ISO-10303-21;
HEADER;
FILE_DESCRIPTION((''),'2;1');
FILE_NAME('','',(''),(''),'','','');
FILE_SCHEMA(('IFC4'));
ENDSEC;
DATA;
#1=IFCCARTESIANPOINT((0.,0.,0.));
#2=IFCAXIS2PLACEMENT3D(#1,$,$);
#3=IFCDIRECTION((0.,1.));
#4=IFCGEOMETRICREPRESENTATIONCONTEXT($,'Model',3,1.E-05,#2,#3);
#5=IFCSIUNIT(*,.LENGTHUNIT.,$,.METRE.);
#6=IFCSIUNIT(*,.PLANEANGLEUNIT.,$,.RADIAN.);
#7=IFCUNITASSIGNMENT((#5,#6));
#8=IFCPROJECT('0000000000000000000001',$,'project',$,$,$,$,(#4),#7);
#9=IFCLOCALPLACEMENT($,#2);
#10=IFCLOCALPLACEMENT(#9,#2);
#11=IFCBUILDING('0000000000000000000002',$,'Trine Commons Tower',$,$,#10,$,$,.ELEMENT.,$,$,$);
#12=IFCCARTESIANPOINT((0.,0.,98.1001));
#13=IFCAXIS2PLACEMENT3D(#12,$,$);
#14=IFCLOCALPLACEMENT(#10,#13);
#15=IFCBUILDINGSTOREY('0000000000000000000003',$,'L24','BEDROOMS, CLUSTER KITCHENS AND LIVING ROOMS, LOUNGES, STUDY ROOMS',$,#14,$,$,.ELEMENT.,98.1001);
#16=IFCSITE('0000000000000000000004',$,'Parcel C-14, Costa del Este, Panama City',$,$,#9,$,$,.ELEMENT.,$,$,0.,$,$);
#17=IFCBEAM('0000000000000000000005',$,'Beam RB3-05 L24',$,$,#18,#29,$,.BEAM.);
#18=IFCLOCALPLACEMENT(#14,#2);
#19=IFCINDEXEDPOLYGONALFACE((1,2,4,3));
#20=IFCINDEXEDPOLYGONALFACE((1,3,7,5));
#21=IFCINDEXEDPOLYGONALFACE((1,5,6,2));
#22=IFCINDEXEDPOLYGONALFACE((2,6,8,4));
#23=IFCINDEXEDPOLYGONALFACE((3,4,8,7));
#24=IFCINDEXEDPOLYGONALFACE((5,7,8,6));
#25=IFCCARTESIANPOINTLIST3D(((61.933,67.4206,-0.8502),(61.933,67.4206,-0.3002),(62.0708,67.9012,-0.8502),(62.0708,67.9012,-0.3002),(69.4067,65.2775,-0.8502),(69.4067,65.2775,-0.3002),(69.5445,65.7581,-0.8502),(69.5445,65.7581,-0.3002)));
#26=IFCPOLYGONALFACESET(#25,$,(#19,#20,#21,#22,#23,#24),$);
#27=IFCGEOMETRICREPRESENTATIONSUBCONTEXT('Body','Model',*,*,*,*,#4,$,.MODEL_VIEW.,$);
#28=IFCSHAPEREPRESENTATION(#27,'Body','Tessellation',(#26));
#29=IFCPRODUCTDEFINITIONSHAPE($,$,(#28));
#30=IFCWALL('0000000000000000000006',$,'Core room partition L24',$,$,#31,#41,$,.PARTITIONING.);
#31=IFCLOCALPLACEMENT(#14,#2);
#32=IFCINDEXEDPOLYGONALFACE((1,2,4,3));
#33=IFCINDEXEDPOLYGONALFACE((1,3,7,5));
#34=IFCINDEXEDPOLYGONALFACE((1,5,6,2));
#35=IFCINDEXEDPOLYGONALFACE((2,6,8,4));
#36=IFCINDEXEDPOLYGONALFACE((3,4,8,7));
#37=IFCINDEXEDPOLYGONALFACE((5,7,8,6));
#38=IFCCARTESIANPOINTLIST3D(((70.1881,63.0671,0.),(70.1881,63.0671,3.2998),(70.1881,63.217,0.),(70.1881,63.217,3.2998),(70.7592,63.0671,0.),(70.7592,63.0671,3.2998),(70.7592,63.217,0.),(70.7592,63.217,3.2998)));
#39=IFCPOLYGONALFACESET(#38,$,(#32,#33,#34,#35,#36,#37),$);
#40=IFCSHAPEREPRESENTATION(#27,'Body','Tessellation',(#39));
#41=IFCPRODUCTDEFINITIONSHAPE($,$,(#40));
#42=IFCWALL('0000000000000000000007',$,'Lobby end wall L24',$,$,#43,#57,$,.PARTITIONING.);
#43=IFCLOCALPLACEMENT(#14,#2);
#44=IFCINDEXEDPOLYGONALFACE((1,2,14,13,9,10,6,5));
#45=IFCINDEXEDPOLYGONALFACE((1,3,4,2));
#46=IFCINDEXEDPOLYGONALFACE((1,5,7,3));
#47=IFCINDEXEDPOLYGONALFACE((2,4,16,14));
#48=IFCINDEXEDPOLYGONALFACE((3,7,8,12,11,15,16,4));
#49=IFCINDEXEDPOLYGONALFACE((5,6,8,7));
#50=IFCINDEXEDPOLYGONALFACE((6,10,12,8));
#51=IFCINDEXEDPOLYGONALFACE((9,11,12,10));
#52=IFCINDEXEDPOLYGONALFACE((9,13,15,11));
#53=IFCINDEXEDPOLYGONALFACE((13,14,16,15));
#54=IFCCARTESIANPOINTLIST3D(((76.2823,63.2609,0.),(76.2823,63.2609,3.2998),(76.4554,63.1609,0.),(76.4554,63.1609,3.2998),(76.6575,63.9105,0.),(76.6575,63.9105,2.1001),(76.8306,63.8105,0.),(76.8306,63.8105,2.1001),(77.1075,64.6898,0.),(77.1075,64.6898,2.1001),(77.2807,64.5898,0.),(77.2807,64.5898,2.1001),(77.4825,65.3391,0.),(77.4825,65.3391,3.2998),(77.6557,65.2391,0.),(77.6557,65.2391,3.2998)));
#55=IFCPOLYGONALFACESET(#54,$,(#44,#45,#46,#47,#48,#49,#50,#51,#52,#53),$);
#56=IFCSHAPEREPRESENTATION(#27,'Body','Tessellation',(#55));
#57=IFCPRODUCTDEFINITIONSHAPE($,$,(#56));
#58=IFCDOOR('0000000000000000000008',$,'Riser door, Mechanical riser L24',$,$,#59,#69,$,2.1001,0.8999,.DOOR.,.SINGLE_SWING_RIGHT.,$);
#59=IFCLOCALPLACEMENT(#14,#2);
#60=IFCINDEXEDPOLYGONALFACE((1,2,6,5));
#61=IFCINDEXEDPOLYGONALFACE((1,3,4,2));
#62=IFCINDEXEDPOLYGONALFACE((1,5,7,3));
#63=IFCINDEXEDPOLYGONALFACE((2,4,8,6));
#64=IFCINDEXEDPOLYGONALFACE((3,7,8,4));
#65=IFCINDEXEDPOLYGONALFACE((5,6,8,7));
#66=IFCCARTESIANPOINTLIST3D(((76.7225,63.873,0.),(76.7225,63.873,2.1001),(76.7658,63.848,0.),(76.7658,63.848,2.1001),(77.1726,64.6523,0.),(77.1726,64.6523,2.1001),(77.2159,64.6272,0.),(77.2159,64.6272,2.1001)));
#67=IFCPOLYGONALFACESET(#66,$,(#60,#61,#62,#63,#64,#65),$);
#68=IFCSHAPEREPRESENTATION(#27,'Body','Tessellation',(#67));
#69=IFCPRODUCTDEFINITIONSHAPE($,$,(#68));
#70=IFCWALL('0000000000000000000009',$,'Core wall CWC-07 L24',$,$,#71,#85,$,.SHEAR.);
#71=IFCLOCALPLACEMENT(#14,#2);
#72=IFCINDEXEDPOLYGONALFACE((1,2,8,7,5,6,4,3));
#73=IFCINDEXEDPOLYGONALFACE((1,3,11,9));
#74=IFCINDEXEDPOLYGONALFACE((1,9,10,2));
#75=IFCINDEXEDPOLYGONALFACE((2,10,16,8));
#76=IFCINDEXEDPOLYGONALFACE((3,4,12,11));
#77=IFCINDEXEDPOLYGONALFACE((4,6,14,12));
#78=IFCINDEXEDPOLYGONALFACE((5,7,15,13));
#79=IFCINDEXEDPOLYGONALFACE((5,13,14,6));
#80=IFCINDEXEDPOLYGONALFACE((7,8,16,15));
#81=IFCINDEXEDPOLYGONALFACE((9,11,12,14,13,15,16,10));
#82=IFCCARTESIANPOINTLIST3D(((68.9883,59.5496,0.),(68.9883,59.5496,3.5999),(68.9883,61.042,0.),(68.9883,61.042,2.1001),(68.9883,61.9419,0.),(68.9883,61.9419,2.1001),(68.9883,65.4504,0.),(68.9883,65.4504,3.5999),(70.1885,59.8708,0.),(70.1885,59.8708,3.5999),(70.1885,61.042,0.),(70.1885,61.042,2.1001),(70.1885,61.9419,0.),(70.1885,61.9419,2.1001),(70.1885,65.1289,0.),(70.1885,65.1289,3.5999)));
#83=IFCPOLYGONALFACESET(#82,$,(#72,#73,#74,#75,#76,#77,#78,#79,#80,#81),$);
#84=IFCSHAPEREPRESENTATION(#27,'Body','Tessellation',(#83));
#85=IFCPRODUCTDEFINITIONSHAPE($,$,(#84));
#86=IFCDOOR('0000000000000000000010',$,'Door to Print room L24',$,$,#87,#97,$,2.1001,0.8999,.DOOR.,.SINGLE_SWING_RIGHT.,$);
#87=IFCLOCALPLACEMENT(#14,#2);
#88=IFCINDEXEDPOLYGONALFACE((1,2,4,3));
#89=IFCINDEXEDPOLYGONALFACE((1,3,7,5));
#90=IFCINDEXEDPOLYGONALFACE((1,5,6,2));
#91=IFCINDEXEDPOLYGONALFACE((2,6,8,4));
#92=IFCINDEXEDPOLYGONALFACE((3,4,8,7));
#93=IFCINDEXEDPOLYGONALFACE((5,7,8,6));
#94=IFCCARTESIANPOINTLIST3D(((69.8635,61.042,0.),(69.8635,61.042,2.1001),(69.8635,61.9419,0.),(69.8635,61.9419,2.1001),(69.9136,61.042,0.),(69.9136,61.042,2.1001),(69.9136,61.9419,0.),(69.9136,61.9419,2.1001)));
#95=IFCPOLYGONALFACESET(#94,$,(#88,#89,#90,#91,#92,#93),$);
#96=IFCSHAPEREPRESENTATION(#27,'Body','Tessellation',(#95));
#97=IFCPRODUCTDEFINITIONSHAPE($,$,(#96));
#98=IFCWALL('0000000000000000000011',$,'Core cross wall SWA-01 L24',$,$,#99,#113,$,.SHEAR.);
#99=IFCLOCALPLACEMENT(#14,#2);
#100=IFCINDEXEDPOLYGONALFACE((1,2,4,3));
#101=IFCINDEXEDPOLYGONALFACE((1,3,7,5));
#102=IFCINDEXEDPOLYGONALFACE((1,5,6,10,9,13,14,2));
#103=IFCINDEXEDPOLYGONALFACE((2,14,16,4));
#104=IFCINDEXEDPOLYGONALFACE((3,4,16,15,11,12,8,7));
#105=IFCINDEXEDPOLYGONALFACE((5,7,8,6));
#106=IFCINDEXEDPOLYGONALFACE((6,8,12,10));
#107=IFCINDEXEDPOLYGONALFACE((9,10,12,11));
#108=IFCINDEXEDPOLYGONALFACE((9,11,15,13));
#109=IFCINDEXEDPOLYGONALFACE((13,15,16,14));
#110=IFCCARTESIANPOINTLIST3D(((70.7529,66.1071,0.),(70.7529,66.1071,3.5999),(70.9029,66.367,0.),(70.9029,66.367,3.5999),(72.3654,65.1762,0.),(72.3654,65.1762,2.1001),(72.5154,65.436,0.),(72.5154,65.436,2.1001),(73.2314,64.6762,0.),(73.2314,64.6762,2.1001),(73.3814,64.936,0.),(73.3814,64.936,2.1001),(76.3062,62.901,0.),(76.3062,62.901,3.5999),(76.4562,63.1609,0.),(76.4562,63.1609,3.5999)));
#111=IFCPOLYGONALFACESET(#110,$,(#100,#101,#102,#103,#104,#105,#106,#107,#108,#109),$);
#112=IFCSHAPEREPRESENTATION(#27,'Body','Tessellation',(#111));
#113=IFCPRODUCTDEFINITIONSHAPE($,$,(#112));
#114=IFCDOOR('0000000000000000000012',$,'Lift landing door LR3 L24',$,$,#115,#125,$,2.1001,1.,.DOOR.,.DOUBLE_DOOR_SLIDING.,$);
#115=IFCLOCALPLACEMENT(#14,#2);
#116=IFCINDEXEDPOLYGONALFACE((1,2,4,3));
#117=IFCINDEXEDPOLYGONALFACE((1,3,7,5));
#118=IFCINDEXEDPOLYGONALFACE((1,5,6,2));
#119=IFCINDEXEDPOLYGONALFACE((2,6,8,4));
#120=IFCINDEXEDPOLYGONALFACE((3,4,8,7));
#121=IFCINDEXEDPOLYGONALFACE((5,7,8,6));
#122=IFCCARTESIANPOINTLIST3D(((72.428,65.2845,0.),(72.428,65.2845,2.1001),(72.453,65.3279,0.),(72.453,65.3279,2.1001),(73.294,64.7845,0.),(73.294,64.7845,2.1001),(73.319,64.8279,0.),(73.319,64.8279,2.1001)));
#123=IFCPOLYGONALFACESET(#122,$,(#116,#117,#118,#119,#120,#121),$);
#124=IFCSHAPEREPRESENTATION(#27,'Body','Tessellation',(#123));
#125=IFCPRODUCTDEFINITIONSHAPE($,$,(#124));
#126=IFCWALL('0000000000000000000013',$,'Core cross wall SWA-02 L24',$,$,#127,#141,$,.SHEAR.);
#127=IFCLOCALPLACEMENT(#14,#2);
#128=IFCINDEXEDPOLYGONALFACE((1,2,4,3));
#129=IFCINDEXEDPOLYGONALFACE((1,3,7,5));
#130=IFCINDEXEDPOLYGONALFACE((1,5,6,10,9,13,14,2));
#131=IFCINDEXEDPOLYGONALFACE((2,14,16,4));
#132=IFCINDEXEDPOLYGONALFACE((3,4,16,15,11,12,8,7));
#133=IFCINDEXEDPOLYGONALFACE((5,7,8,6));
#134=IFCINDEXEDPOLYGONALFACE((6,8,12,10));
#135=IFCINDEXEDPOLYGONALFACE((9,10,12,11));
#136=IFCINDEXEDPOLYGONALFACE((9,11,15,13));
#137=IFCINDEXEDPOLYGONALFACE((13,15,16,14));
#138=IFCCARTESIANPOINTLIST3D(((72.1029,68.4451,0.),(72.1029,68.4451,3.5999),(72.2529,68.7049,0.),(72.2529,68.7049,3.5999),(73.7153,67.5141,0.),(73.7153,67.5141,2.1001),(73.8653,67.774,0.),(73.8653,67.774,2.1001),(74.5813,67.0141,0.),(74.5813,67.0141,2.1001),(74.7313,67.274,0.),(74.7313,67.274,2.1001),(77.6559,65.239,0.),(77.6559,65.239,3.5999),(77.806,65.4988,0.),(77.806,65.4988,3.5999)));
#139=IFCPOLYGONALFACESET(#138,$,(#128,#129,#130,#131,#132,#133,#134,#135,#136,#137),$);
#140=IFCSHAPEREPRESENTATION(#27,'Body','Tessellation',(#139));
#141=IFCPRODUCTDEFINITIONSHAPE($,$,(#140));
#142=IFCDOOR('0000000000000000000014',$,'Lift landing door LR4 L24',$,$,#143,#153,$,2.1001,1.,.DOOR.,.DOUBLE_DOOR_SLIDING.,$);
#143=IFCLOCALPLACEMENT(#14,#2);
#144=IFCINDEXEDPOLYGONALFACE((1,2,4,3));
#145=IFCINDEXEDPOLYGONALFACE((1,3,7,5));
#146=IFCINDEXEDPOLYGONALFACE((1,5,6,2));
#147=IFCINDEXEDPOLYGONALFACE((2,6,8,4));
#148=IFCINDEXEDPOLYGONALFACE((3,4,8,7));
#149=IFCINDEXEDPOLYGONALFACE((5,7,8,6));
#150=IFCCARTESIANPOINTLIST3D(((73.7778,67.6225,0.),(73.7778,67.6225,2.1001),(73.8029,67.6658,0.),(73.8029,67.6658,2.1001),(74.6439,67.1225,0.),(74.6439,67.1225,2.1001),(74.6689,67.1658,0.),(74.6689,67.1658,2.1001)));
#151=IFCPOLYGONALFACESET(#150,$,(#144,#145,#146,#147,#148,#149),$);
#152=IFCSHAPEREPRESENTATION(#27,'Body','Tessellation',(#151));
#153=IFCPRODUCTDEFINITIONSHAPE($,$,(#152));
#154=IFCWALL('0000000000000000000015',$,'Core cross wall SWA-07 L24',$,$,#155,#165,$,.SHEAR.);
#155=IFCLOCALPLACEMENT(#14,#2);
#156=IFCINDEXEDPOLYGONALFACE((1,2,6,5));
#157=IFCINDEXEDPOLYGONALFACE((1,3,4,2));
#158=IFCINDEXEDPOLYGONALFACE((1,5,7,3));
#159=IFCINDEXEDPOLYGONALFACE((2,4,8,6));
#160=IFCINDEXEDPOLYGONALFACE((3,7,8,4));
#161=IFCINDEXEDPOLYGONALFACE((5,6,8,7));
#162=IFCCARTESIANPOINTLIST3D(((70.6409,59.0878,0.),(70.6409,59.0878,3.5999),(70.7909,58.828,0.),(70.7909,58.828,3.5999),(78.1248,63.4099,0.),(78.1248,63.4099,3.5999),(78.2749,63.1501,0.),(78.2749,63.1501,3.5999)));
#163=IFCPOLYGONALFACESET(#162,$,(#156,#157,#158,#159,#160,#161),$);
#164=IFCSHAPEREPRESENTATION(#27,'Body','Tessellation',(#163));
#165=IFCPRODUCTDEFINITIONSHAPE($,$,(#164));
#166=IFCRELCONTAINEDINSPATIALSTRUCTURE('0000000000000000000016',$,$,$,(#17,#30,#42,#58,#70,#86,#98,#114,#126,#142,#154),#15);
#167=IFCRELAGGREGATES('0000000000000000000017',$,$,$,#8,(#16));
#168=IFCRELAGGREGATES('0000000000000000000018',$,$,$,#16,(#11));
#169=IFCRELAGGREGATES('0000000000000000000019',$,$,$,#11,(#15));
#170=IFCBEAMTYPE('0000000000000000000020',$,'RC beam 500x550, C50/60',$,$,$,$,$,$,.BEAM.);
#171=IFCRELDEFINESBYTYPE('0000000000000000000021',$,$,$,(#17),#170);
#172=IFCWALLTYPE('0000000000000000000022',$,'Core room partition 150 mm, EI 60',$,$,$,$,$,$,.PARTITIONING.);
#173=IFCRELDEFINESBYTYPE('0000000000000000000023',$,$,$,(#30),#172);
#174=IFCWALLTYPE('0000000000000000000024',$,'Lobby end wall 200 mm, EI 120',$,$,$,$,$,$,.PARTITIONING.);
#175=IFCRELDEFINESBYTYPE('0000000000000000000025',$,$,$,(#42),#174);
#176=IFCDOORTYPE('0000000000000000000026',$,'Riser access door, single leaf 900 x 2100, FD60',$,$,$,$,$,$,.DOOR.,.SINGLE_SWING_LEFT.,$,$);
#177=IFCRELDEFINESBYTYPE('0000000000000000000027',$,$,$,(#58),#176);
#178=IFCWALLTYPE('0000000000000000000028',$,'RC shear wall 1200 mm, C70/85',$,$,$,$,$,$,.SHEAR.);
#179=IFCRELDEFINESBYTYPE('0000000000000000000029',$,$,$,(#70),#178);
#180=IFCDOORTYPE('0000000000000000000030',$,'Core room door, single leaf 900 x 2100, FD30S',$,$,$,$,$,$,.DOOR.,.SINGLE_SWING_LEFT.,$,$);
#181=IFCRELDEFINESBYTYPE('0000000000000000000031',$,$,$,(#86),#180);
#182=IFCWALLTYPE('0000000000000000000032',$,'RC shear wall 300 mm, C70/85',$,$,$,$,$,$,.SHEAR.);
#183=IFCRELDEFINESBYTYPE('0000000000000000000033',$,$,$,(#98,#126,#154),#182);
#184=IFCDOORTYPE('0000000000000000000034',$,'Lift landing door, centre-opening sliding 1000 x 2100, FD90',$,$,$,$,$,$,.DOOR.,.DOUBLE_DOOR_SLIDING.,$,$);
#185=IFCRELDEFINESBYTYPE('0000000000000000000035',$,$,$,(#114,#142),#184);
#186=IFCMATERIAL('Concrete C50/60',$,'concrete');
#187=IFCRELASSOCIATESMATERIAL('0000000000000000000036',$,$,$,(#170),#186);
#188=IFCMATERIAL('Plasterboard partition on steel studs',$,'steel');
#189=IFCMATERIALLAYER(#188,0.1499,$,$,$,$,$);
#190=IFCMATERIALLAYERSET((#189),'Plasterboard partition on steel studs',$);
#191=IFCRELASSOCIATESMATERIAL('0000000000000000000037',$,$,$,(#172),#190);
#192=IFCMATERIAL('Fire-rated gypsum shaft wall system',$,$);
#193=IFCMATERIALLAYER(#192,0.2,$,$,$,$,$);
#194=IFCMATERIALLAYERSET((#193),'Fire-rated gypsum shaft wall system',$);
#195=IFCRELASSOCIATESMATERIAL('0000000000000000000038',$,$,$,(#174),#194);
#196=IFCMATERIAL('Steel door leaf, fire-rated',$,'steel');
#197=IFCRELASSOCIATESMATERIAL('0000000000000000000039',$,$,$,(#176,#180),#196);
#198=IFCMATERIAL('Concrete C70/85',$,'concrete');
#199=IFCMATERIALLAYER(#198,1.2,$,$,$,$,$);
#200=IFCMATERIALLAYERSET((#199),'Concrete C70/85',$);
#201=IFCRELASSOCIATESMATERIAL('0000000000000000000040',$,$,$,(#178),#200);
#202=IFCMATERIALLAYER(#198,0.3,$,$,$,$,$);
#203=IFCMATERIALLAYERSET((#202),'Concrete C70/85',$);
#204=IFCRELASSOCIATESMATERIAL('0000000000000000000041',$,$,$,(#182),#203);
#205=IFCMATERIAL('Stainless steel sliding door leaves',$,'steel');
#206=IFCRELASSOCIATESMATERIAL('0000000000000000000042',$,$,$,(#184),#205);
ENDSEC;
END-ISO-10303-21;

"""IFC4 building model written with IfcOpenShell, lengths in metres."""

from ifc_helpers import new_model, si_unit, direction, frame, frame_2d, origin, origin_2d, place, context, subcontext, project, spatial, polyline, rectangle, outline, extrude, material, layer, layer_set, material_profile, profile_set, type_object, element, fill, save


model = new_model("IFC4")

# Units and contexts
model_context = context("Model", 3, precision=1e-05, world=origin(), true_north=direction((0.0, 1.0)))
body_context = subcontext(model_context, "Body", "Model", "MODEL_VIEW")
ifc_project = project(units=[si_unit("LENGTHUNIT", "METRE"), si_unit("PLANEANGLEUNIT", "RADIAN")], contexts=[model_context])

# Site, building, storey
site_placement = place(None, origin())
site = spatial("IfcSite", under=ifc_project, at=site_placement, Name="Parcel C-14, Costa del Este, Panama City", CompositionType="ELEMENT", RefElevation=0.0)
building_placement = place(site_placement, origin())
building = spatial("IfcBuilding", under=site, at=building_placement, Name="Trine Commons Tower", CompositionType="ELEMENT")
storey_placement = place(building_placement, frame((0.0, 0.0, 98.1001)))
storey = spatial("IfcBuildingStorey", under=building, at=storey_placement, Name="L24", Description="BEDROOMS, CLUSTER KITCHENS AND LIVING ROOMS, LOUNGES, STUDY ROOMS", CompositionType="ELEMENT", Elevation=98.1001)

# Beam
ifc_material_1 = material(Name="Concrete C50/60", Category="concrete")
ifc_material_profile = material_profile(ifc_material_1, rectangle(XDim=0.5, YDim=0.55, at=origin_2d()), Name="RC 500x550")
ifc_profile_set = profile_set([ifc_material_profile], Name="Concrete C50/60")
beam_type = type_object("IfcBeamType", Name="RC beam 500x550, C50/60", PredefinedType="BEAM", material=ifc_profile_set)
beam_placement = place(storey_placement, frame((69.4756, 65.5178, -0.5752), z_axis=(-0.96126, 0.275642, 0.0), x_axis=(-0.275642, -0.96126, 0.0)))
element("IfcBeam", 1, at=beam_placement, inside=storey, type_object=beam_type, Name="Beam RB3-05 L24", PredefinedType="BEAM", context=body_context, shape_type="SweptSolid", body=[
    extrude(rectangle(XDim=0.5, YDim=0.55, at=origin_2d()), origin(), (0.0, 0.0, 1.0), 7.7749),
])

# Wall
ifc_material_2 = material(Name="Plasterboard partition on steel studs", Category="steel")
ifc_layer_1 = layer(ifc_material_2, 0.1499)
ifc_layer_set_1 = layer_set([ifc_layer_1], Name="Plasterboard partition on steel studs")
wall_type_1 = type_object("IfcWallType", Name="Core room partition 150 mm, EI 60", PredefinedType="PARTITIONING", material=ifc_layer_set_1)
wall_1_placement = place(storey_placement, frame((70.188, 63.1421, 0.0), z_axis=(0.0, 0.0, 1.0), x_axis=(1.0, 0.0, 0.0)))
element("IfcWall", 2, at=wall_1_placement, inside=storey, type_object=wall_type_1, Name="Core room partition L24", PredefinedType="PARTITIONING", context=body_context, shape_type="SweptSolid", body=[
    extrude(rectangle(XDim=0.571, YDim=0.1499, at=frame_2d((0.2856, 0.0))), origin(), (0.0, 0.0, 1.0), 3.2998),
])

# Walls, openings, doors
ifc_material_3 = material(Name="Fire-rated gypsum shaft wall system")
ifc_layer_2 = layer(ifc_material_3, 0.2)
ifc_layer_set_2 = layer_set([ifc_layer_2], Name="Fire-rated gypsum shaft wall system")
wall_type_2 = type_object("IfcWallType", Name="Lobby end wall 200 mm, EI 120", PredefinedType="PARTITIONING", material=ifc_layer_set_2)
wall_2_placement = place(storey_placement, frame((77.5691, 65.2891, 0.0), z_axis=(0.0, 0.0, 1.0), x_axis=(-0.500122, -0.865955, 0.0)))
wall_2 = element("IfcWall", 3, at=wall_2_placement, inside=storey, type_object=wall_type_2, Name="Lobby end wall L24", PredefinedType="PARTITIONING", context=body_context, shape_type="SweptSolid", body=[
    extrude(rectangle(XDim=2.3999, YDim=0.2, at=frame_2d((1.2, 0.0))), origin(), (0.0, 0.0, 1.0), 3.2998),
])
opening_1_placement = place(wall_2_placement, frame((0.7498, 0.0, 0.0)))
opening_1 = element("IfcOpeningElement", 4, at=opening_1_placement, cuts=wall_2, PredefinedType="OPENING", context=body_context, shape_type="SweptSolid", body=[
    extrude(rectangle(XDim=0.8999, YDim=2.1001, at=frame_2d((0.45, 1.05))), frame((0.0, 0.1099, 0.0), z_axis=(0.0, -1.0, 0.0), x_axis=(1.0, 0.0, 0.0)), (0.0, 0.0, 1.0), 0.22),
])
ifc_material_4 = material(Name="Steel door leaf, fire-rated", Category="steel")
door_type_1 = type_object("IfcDoorType", Name="Riser access door, single leaf 900 x 2100, FD60", OperationType="SINGLE_SWING_LEFT", PredefinedType="DOOR", material=ifc_material_4)
door_1_placement = place(opening_1_placement, frame((0.8999, 0.0, 0.0), z_axis=(0.0, 0.0, 1.0), x_axis=(-1.0, 0.0, 0.0)))
door_1 = element("IfcDoor", 5, at=door_1_placement, inside=storey, type_object=door_type_1, Name="Riser door, Mechanical riser L24", OperationType="SINGLE_SWING_RIGHT", OverallHeight=2.1001, OverallWidth=0.8999, PredefinedType="DOOR", context=body_context, shape_type="SweptSolid", body=[
    extrude(rectangle(XDim=0.8999, YDim=2.1001, at=frame_2d((0.45, 1.05))), frame((0.0, 0.0249, 0.0), z_axis=(0.0, -1.0, 0.0), x_axis=(1.0, 0.0, 0.0)), (0.0, 0.0, 1.0), 0.05),
])
fill(opening_1, door_1)
ifc_material_5 = material(Name="Concrete C70/85", Category="concrete")
ifc_layer_3 = layer(ifc_material_5, 1.2)
ifc_layer_set_3 = layer_set([ifc_layer_3], Name="Concrete C70/85")
wall_type_3 = type_object("IfcWallType", Name="RC shear wall 1200 mm, C70/85", PredefinedType="SHEAR", material=ifc_layer_set_3)
wall_3_placement = place(storey_placement, frame((69.5884, 65.4504, 0.0), z_axis=(0.0, 0.0, 1.0), x_axis=(0.0, -1.0, 0.0)))
wall_3 = element("IfcWall", 6, at=wall_3_placement, inside=storey, type_object=wall_type_3, Name="Core wall CWC-07 L24", PredefinedType="SHEAR", context=body_context, shape_type="SweptSolid", body=[
    extrude(outline(polyline([(0.0, -0.6001), (5.9009, -0.6001), (5.5796, 0.6001), (0.3215, 0.6001), (0.0, -0.6001)])), origin(), (0.0, 0.0, 1.0), 3.5999),
])
opening_2_placement = place(wall_3_placement, frame((3.5085, 0.0, 0.0)))
opening_2 = element("IfcOpeningElement", 7, at=opening_2_placement, cuts=wall_3, PredefinedType="OPENING", context=body_context, shape_type="SweptSolid", body=[
    extrude(rectangle(XDim=0.8999, YDim=2.1001, at=frame_2d((0.45, 1.05))), frame((0.0, 0.6099, 0.0), z_axis=(0.0, -1.0, 0.0), x_axis=(1.0, 0.0, 0.0)), (0.0, 0.0, 1.0), 1.22),
])
door_type_2 = type_object("IfcDoorType", Name="Core room door, single leaf 900 x 2100, FD30S", OperationType="SINGLE_SWING_LEFT", PredefinedType="DOOR", material=ifc_material_4)
door_2_placement = place(opening_2_placement, origin())
door_2 = element("IfcDoor", 8, at=door_2_placement, inside=storey, type_object=door_type_2, Name="Door to Print room L24", OperationType="SINGLE_SWING_RIGHT", OverallHeight=2.1001, OverallWidth=0.8999, PredefinedType="DOOR", context=body_context, shape_type="SweptSolid", body=[
    extrude(rectangle(XDim=0.8999, YDim=2.1001, at=frame_2d((0.45, 1.05))), frame((0.0, 0.3252, 0.0), z_axis=(0.0, -1.0, 0.0), x_axis=(1.0, 0.0, 0.0)), (0.0, 0.0, 1.0), 0.05),
])
fill(opening_2, door_2)
ifc_layer_4 = layer(ifc_material_5, 0.3)
ifc_layer_set_4 = layer_set([ifc_layer_4], Name="Concrete C70/85")
wall_type_4 = type_object("IfcWallType", Name="RC shear wall 300 mm, C70/85", PredefinedType="SHEAR", material=ifc_layer_set_4)
wall_4_placement = place(storey_placement, frame((76.3811, 63.031, 0.0), z_axis=(0.0, 0.0, 1.0), x_axis=(-0.866032, 0.499988, 0.0)))
wall_4 = element("IfcWall", 9, at=wall_4_placement, inside=storey, type_object=wall_type_4, Name="Core cross wall SWA-01 L24", PredefinedType="SHEAR", context=body_context, shape_type="SweptSolid", body=[
    extrude(rectangle(XDim=6.4124, YDim=0.3, at=frame_2d((3.2061, 0.0))), origin(), (0.0, 0.0, 1.0), 3.5999),
])
opening_3_placement = place(wall_4_placement, frame((3.5503, 0.0, 0.0)))
opening_3 = element("IfcOpeningElement", 10, at=opening_3_placement, cuts=wall_4, PredefinedType="OPENING", context=body_context, shape_type="SweptSolid", body=[
    extrude(rectangle(XDim=1.0, YDim=2.1001, at=frame_2d((0.5, 1.05))), frame((0.0, 0.1599, 0.0), z_axis=(0.0, -1.0, 0.0), x_axis=(1.0, 0.0, 0.0)), (0.0, 0.0, 1.0), 0.3201),
])
ifc_material_6 = material(Name="Stainless steel sliding door leaves", Category="steel")
door_type_3 = type_object("IfcDoorType", Name="Lift landing door, centre-opening sliding 1000 x 2100, FD90", OperationType="DOUBLE_DOOR_SLIDING", PredefinedType="DOOR", material=ifc_material_6)
door_3_placement = place(opening_3_placement, origin())
door_3 = element("IfcDoor", 11, at=door_3_placement, inside=storey, type_object=door_type_3, Name="Lift landing door LR3 L24", OperationType="DOUBLE_DOOR_SLIDING", OverallHeight=2.1001, OverallWidth=1.0, PredefinedType="DOOR", context=body_context, shape_type="SweptSolid", body=[
    extrude(rectangle(XDim=1.0, YDim=2.1001, at=frame_2d((0.5, 1.05))), frame((0.0, 0.0249, 0.0), z_axis=(0.0, -1.0, 0.0), x_axis=(1.0, 0.0, 0.0)), (0.0, 0.0, 1.0), 0.05),
])
fill(opening_3, door_3)
wall_5_placement = place(storey_placement, frame((77.731, 65.3689, 0.0), z_axis=(0.0, 0.0, 1.0), x_axis=(-0.866023, 0.500005, 0.0)))
wall_5 = element("IfcWall", 12, at=wall_5_placement, inside=storey, type_object=wall_type_4, Name="Core cross wall SWA-02 L24", PredefinedType="SHEAR", context=body_context, shape_type="SweptSolid", body=[
    extrude(rectangle(XDim=6.4121, YDim=0.3, at=frame_2d((3.2061, 0.0))), origin(), (0.0, 0.0, 1.0), 3.5999),
])
opening_4_placement = place(wall_5_placement, frame((3.5503, 0.0, 0.0)))
opening_4 = element("IfcOpeningElement", 13, at=opening_4_placement, cuts=wall_5, PredefinedType="OPENING", context=body_context, shape_type="SweptSolid", body=[
    extrude(rectangle(XDim=1.0, YDim=2.1001, at=frame_2d((0.5, 1.05))), frame((0.0, 0.1599, 0.0), z_axis=(0.0, -1.0, 0.0), x_axis=(1.0, 0.0, 0.0)), (0.0, 0.0, 1.0), 0.3201),
])
door_4_placement = place(opening_4_placement, origin())
door_4 = element("IfcDoor", 14, at=door_4_placement, inside=storey, type_object=door_type_3, Name="Lift landing door LR4 L24", OperationType="DOUBLE_DOOR_SLIDING", OverallHeight=2.1001, OverallWidth=1.0, PredefinedType="DOOR", context=body_context, shape_type="SweptSolid", body=[
    extrude(rectangle(XDim=1.0, YDim=2.1001, at=frame_2d((0.5, 1.05))), frame((0.0, 0.0249, 0.0), z_axis=(0.0, -1.0, 0.0), x_axis=(1.0, 0.0, 0.0)), (0.0, 0.0, 1.0), 0.05),
])
fill(opening_4, door_4)

# Wall
wall_6_placement = place(storey_placement, frame((78.2, 63.28, 0.0), z_axis=(0.0, 0.0, 1.0), x_axis=(-0.865965, -0.500104, 0.0)))
element("IfcWall", 15, at=wall_6_placement, inside=storey, type_object=wall_type_4, Name="Core cross wall SWA-07 L24", PredefinedType="SHEAR", context=body_context, shape_type="SweptSolid", body=[
    extrude(rectangle(XDim=8.6423, YDim=0.3, at=frame_2d((4.3213, 0.0))), origin(), (0.0, 0.0, 1.0), 3.5999),
])

save(model, "model.ifc")
